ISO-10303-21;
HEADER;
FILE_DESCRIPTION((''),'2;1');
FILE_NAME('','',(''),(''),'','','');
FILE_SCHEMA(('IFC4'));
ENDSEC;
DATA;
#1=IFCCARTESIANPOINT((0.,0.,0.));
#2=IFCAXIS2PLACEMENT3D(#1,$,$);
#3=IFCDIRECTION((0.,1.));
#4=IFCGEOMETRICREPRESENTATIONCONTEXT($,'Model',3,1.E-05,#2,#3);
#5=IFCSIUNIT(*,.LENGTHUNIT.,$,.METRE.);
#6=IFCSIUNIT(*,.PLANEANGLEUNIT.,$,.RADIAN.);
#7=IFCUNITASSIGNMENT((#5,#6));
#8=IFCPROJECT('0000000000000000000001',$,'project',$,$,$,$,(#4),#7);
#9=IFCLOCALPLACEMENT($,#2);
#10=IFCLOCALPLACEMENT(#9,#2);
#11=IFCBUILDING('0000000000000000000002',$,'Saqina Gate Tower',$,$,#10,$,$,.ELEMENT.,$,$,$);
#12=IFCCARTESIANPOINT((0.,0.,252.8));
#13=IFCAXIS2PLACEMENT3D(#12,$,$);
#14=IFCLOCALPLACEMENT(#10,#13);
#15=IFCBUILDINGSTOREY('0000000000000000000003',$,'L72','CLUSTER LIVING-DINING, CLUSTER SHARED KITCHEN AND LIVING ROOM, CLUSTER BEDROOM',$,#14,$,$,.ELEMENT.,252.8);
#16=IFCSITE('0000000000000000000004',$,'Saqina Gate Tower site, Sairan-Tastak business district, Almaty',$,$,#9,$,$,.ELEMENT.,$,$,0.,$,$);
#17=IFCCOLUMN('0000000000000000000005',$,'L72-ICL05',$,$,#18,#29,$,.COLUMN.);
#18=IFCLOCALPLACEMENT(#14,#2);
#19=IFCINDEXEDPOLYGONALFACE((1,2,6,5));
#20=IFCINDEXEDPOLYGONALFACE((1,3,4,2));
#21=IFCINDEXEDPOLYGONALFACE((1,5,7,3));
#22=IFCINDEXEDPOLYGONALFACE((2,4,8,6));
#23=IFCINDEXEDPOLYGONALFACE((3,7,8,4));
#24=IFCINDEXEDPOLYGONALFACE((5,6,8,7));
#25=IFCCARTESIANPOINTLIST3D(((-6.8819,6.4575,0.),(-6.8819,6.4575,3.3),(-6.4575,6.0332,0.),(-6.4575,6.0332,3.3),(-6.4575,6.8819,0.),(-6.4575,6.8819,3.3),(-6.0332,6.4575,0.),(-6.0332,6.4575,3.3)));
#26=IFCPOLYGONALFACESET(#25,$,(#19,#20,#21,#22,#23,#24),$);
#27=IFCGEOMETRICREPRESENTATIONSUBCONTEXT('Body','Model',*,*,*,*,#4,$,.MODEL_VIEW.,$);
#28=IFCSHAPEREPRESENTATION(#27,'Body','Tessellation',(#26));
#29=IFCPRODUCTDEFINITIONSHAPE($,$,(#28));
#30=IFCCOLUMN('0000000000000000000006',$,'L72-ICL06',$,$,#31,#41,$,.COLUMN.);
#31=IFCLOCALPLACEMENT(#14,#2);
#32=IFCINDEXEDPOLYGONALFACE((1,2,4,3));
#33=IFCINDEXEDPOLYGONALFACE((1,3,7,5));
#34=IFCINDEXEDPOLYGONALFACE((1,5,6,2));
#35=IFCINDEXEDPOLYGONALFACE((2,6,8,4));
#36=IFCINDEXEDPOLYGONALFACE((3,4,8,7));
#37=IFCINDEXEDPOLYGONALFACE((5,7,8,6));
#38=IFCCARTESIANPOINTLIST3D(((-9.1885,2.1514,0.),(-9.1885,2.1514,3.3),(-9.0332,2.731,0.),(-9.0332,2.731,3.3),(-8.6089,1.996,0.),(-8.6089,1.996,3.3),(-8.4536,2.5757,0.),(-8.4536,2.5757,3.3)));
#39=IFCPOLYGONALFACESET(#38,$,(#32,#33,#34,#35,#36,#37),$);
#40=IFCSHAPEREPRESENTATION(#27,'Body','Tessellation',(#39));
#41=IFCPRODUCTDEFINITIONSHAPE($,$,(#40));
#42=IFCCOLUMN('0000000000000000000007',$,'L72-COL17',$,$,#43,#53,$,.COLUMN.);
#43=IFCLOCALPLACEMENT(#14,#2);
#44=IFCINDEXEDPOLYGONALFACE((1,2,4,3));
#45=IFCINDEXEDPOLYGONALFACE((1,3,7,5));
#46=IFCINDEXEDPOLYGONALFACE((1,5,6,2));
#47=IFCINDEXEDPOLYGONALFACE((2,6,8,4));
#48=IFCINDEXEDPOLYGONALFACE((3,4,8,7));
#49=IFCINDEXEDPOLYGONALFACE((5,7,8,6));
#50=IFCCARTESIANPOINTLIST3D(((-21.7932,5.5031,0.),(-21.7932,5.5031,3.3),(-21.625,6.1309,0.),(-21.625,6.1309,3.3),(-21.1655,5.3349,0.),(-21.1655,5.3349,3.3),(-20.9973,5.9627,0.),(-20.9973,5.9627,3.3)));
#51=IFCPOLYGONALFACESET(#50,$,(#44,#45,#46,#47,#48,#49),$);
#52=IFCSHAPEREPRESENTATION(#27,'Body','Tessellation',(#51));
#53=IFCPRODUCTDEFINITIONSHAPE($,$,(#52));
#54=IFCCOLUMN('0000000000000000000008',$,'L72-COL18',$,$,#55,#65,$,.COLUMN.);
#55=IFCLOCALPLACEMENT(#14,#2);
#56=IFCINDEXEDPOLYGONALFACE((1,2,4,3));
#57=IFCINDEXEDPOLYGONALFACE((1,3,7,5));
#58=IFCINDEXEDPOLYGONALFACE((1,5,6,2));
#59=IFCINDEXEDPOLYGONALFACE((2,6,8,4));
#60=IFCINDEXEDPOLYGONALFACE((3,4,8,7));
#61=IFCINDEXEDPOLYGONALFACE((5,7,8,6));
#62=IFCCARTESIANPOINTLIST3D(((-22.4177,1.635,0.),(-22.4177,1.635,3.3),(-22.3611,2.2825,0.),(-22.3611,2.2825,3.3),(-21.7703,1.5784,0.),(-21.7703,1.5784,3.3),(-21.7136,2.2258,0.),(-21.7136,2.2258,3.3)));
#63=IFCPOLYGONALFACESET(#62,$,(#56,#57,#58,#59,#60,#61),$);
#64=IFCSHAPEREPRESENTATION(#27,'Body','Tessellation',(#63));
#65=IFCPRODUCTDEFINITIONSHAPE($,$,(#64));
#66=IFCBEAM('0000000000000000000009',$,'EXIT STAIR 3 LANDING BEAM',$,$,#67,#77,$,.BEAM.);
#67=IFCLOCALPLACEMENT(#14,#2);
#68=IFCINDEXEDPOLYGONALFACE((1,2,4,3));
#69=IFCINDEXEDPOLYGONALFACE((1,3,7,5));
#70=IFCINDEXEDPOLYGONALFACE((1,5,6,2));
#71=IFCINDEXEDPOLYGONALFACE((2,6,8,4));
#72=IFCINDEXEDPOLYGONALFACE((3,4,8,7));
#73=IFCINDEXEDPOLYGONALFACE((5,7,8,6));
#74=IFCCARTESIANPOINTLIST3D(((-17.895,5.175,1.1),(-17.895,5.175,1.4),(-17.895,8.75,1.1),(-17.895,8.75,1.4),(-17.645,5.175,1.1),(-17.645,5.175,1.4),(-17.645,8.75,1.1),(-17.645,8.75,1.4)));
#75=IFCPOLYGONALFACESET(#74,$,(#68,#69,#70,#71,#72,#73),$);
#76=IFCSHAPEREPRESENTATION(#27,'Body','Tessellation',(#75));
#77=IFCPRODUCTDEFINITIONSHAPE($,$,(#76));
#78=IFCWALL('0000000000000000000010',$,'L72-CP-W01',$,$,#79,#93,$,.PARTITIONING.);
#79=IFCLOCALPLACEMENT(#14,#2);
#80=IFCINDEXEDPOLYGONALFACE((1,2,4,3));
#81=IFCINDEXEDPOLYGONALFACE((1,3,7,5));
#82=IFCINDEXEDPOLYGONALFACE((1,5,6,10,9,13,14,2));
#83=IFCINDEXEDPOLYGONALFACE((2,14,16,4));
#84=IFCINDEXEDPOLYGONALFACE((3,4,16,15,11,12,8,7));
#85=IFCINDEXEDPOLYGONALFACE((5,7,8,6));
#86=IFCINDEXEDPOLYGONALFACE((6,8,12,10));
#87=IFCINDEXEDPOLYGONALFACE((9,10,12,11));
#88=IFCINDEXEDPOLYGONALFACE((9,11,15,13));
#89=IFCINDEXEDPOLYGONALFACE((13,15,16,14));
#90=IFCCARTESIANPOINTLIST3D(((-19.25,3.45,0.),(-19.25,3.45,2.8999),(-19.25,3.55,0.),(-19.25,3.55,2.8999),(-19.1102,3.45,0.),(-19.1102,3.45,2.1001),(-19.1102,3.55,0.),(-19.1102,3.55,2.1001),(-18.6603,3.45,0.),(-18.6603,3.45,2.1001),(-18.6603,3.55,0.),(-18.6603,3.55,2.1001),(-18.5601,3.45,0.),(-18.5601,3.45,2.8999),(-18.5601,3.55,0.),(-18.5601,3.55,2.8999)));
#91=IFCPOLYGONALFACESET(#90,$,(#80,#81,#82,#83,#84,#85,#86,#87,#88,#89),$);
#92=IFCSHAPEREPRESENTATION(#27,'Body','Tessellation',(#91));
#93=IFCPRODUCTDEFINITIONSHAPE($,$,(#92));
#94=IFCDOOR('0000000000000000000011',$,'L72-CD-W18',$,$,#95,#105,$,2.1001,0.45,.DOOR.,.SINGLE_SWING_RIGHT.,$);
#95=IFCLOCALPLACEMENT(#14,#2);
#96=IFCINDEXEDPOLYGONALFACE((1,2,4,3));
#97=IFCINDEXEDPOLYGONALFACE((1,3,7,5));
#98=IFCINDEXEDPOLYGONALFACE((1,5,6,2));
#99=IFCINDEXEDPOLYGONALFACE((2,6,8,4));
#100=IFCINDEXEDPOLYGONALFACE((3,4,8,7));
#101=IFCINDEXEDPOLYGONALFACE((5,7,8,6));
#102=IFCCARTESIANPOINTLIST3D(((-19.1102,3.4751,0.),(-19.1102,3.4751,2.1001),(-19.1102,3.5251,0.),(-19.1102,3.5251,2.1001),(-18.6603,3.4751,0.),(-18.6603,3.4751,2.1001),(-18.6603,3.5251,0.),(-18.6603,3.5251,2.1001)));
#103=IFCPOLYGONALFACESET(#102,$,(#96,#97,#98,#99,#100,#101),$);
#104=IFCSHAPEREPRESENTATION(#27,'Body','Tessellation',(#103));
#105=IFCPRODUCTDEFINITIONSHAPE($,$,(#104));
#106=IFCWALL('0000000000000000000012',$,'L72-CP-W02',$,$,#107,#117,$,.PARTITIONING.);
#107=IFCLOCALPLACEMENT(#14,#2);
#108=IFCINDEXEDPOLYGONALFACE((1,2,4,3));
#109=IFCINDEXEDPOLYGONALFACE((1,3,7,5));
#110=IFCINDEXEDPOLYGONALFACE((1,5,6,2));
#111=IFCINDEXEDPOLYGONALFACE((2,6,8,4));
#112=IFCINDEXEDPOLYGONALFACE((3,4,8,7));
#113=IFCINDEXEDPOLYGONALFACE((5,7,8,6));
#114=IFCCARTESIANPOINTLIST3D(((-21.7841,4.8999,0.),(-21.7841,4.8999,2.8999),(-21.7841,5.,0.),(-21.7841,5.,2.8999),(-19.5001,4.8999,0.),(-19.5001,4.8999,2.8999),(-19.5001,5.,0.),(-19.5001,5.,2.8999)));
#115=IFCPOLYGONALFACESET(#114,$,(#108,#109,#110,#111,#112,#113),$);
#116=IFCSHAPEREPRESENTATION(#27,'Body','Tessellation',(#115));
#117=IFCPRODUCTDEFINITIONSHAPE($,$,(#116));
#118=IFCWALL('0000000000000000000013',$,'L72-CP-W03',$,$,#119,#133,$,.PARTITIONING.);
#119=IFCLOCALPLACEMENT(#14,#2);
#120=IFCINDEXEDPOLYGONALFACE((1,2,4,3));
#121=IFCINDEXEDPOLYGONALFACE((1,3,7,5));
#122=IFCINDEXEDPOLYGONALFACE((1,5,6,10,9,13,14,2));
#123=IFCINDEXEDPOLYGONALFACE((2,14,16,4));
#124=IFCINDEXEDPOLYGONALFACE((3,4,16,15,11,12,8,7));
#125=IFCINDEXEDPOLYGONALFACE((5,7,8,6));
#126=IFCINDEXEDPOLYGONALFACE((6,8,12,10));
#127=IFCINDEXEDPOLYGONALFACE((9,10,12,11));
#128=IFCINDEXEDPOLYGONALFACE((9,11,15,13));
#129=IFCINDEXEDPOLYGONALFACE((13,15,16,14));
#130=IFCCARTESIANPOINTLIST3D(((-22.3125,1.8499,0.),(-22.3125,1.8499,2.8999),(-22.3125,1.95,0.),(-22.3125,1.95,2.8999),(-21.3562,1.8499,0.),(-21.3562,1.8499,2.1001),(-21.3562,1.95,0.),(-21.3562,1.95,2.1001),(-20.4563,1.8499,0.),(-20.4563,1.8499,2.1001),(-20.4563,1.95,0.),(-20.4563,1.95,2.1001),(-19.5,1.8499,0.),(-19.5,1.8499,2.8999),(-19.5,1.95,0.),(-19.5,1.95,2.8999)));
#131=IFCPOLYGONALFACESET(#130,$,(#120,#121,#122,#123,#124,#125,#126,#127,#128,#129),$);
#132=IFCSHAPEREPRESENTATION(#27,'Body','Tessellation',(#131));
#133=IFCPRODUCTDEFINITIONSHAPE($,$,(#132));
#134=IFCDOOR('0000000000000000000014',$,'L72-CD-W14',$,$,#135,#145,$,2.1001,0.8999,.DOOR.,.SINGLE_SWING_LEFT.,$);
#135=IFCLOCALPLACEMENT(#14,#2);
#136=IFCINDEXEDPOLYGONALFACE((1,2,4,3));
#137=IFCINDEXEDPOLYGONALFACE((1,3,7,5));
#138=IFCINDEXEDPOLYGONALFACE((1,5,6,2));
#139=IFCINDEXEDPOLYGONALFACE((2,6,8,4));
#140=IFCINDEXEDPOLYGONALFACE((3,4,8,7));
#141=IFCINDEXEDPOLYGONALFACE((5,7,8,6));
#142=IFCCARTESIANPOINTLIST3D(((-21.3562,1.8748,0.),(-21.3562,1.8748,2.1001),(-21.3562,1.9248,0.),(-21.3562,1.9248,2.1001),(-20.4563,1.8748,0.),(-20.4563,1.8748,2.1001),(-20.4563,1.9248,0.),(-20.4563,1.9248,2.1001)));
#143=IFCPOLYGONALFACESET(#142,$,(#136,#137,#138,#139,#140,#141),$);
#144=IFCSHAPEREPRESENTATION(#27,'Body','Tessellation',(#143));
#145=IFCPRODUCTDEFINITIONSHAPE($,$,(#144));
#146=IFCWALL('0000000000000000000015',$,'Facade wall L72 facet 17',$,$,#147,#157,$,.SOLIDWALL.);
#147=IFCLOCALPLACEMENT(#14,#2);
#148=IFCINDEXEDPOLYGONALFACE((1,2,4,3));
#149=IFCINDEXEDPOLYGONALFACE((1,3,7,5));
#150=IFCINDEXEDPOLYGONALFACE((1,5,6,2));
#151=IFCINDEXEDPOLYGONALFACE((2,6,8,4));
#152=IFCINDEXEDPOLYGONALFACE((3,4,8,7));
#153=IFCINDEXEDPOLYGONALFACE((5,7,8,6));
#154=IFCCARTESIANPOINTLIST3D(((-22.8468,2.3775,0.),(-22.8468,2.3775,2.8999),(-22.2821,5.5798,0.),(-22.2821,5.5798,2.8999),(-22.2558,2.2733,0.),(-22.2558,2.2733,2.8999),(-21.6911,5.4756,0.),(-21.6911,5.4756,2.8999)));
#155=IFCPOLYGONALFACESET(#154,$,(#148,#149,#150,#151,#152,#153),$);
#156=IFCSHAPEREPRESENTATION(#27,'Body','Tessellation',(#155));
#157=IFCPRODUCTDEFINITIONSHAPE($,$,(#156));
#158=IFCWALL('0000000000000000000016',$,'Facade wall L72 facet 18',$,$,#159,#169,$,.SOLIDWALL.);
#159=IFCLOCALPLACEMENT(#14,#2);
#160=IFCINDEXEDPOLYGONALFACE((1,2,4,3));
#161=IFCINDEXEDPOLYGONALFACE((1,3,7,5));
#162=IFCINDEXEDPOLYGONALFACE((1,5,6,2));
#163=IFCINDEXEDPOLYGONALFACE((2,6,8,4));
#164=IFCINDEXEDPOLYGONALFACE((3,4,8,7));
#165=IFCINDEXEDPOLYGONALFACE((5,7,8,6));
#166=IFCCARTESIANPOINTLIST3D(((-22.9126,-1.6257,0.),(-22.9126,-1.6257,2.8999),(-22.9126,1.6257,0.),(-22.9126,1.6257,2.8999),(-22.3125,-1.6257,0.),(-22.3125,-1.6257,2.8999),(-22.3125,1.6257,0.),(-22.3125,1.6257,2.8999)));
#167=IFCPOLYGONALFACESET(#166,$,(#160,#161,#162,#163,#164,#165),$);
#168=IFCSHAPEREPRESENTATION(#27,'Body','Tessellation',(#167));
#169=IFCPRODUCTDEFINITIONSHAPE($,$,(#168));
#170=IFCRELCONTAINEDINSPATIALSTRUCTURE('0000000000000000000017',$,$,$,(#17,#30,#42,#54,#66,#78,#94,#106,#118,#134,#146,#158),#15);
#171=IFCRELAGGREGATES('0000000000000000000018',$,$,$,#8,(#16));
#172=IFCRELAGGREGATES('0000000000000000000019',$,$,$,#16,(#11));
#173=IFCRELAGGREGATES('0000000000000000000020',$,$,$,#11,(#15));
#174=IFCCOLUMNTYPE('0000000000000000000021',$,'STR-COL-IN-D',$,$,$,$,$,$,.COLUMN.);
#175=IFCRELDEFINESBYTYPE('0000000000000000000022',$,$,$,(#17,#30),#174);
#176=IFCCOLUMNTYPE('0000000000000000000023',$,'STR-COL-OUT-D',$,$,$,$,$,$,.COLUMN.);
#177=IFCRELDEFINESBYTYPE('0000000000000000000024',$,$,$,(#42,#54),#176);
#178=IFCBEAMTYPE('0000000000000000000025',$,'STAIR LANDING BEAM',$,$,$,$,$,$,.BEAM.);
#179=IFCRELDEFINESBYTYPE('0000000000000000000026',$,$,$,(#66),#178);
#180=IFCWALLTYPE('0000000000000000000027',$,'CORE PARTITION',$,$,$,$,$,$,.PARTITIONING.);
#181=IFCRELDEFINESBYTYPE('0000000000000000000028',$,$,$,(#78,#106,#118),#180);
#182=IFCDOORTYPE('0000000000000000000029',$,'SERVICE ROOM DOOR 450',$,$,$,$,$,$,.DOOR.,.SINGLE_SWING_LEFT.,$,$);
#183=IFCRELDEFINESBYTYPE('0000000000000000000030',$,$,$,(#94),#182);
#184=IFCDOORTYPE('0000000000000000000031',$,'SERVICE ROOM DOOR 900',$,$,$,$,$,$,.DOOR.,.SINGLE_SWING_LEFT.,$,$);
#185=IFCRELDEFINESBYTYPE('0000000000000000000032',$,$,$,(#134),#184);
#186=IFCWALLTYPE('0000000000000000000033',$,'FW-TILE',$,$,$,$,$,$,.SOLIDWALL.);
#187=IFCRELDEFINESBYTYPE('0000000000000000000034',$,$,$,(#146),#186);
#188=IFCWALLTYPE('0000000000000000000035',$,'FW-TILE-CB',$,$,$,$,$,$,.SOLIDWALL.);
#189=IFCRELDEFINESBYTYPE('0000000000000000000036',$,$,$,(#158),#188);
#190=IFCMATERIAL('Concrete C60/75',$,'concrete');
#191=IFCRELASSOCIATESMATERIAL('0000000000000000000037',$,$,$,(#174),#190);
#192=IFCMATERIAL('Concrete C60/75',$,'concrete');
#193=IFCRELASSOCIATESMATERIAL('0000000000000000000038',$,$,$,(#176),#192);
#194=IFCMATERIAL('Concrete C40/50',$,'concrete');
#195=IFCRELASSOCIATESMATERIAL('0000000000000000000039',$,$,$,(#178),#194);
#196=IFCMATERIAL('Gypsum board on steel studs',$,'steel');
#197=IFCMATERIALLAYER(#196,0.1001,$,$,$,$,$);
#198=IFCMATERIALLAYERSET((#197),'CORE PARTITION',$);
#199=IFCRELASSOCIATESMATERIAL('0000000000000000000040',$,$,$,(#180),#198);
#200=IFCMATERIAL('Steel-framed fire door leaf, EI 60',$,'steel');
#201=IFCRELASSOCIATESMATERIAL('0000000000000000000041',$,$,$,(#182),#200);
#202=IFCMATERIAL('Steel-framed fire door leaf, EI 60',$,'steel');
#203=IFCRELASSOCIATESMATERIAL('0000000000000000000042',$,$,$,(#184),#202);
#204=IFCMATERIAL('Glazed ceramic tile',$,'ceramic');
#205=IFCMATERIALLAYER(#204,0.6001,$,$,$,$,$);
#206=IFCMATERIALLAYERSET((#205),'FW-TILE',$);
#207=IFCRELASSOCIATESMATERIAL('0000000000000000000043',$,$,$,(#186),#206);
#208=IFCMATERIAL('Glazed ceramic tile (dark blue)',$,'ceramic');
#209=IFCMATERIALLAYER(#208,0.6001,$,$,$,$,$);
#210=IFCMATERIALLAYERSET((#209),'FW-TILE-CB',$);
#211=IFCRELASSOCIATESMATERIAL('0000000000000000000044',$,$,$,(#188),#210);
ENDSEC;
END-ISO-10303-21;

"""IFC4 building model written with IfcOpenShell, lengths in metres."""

from ifc_helpers import new_model, si_unit, direction, frame, frame_2d, origin, origin_2d, place, context, subcontext, project, spatial, rectangle, extrude, material, layer, layer_set, material_profile, profile_set, type_object, element, fill, save


model = new_model("IFC4")

# Units and contexts
model_context = context("Model", 3, precision=1e-05, world=origin(), true_north=direction((0.0, 1.0)))
body_context = subcontext(model_context, "Body", "Model", "MODEL_VIEW")
ifc_project = project(units=[si_unit("LENGTHUNIT", "METRE"), si_unit("PLANEANGLEUNIT", "RADIAN")], contexts=[model_context])

# Site, building, storey
site_placement = place(None, origin())
site = spatial("IfcSite", under=ifc_project, at=site_placement, Name="Saqina Gate Tower site, Sairan-Tastak business district, Almaty", CompositionType="ELEMENT", RefElevation=0.0)
building_placement = place(site_placement, origin())
building = spatial("IfcBuilding", under=site, at=building_placement, Name="Saqina Gate Tower", CompositionType="ELEMENT")
storey_placement = place(building_placement, frame((0.0, 0.0, 252.8)))
storey = spatial("IfcBuildingStorey", under=building, at=storey_placement, Name="L72", Description="CLUSTER LIVING-DINING, CLUSTER SHARED KITCHEN AND LIVING ROOM, CLUSTER BEDROOM", CompositionType="ELEMENT", Elevation=252.8)

# Columns
ifc_material_1 = material(Name="Concrete C60/75", Category="concrete")
ifc_material_profile_1 = material_profile(ifc_material_1, rectangle(XDim=0.6001, YDim=0.6001, at=origin_2d()), Name="RC 600x600")
ifc_profile_set_1 = profile_set([ifc_material_profile_1], Name="Concrete C60/75")
column_type_1 = type_object("IfcColumnType", Name="STR-COL-IN-D", PredefinedType="COLUMN", material=ifc_profile_set_1)
for number, where, z_axis, x_axis, name in (
    (1, (-6.4575, 6.4575, 0.0), (0.0, 0.0, 1.0), (-0.707107, 0.707107, 0.0), "L72-ICL05"),
    (2, (-8.821, 2.3635, 0.0), (0.0, 0.0, 1.0), (-0.965926, 0.258819, 0.0), "L72-ICL06"),
):
    element("IfcColumn", number, at=place(storey_placement, frame(where, z_axis=z_axis, x_axis=x_axis)), inside=storey, type_object=column_type_1, Name=name, PredefinedType="COLUMN", context=body_context, shape_type="SweptSolid", body=[
        extrude(rectangle(XDim=0.6001, YDim=0.6001, at=origin_2d()), origin(), (0.0, 0.0, 1.0), 3.3),
    ])
ifc_material_2 = material(Name="Concrete C60/75", Category="concrete")
ifc_material_profile_2 = material_profile(ifc_material_2, rectangle(XDim=0.6499, YDim=0.6499, at=origin_2d()), Name="RC 650x650")
ifc_profile_set_2 = profile_set([ifc_material_profile_2], Name="Concrete C60/75")
column_type_2 = type_object("IfcColumnType", Name="STR-COL-OUT-D", PredefinedType="COLUMN", material=ifc_profile_set_2)
for number, where, z_axis, x_axis, name in (
    (3, (-21.3953, 5.7329, 0.0), (0.0, 0.0, 1.0), (-0.965926, 0.258819, 0.0), "L72-COL17"),
    (4, (-22.0657, 1.9304, 0.0), (0.0, 0.0, 1.0), (-0.996195, 0.087156, 0.0), "L72-COL18"),
):
    element("IfcColumn", number, at=place(storey_placement, frame(where, z_axis=z_axis, x_axis=x_axis)), inside=storey, type_object=column_type_2, Name=name, PredefinedType="COLUMN", context=body_context, shape_type="SweptSolid", body=[
        extrude(rectangle(XDim=0.6499, YDim=0.6499, at=origin_2d()), origin(), (0.0, 0.0, 1.0), 3.3),
    ])

# Beam
ifc_material_3 = material(Name="Concrete C40/50", Category="concrete")
ifc_material_profile_3 = material_profile(ifc_material_3, rectangle(XDim=0.25, YDim=0.3, at=origin_2d()), Name="STAIR LANDING BEAM")
ifc_profile_set_3 = profile_set([ifc_material_profile_3], Name="Concrete C40/50")
beam_type = type_object("IfcBeamType", Name="STAIR LANDING BEAM", PredefinedType="BEAM", material=ifc_profile_set_3)
beam_placement = place(storey_placement, frame((-17.77, 5.175, 1.25), z_axis=(0.0, 1.0, 0.0), x_axis=(-1.0, 0.0, 0.0)))
element("IfcBeam", 5, at=beam_placement, inside=storey, type_object=beam_type, Name="EXIT STAIR 3 LANDING BEAM", PredefinedType="BEAM", context=body_context, shape_type="SweptSolid", body=[
    extrude(rectangle(XDim=0.25, YDim=0.3, at=origin_2d()), origin(), (0.0, 0.0, 1.0), 3.575),
])

# Wall, opening, door
ifc_material_4 = material(Name="Gypsum board on steel studs", Category="steel")
ifc_layer_1 = layer(ifc_material_4, 0.1001)
ifc_layer_set_1 = layer_set([ifc_layer_1], Name="CORE PARTITION")
wall_type_1 = type_object("IfcWallType", Name="CORE PARTITION", PredefinedType="PARTITIONING", material=ifc_layer_set_1)
wall_1_placement = place(storey_placement, frame((-18.5601, 3.5, 0.0), z_axis=(0.0, 0.0, 1.0), x_axis=(-1.0, 0.0, 0.0)))
wall_1 = element("IfcWall", 6, at=wall_1_placement, inside=storey, type_object=wall_type_1, Name="L72-CP-W01", PredefinedType="PARTITIONING", context=body_context, shape_type="SweptSolid", body=[
    extrude(rectangle(XDim=0.6899, YDim=0.1001, at=frame_2d((0.345, 0.0))), origin(), (0.0, 0.0, 1.0), 2.8999),
])
opening_1_placement = place(wall_1_placement, frame((0.1001, 0.0, 0.0)))
opening_1 = element("IfcOpeningElement", 7, at=opening_1_placement, cuts=wall_1, PredefinedType="OPENING", context=body_context, shape_type="SweptSolid", body=[
    extrude(rectangle(XDim=0.45, YDim=2.1001, at=frame_2d((0.2251, 1.05))), frame((0.0, 0.062, 0.0), z_axis=(0.0, -1.0, 0.0), x_axis=(1.0, 0.0, 0.0)), (0.0, 0.0, 1.0), 0.124),
])
ifc_material_5 = material(Name="Steel-framed fire door leaf, EI 60", Category="steel")
door_type_1 = type_object("IfcDoorType", Name="SERVICE ROOM DOOR 450", OperationType="SINGLE_SWING_LEFT", PredefinedType="DOOR", material=ifc_material_5)
door_1_placement = place(opening_1_placement, origin())
door_1 = element("IfcDoor", 8, at=door_1_placement, inside=storey, type_object=door_type_1, Name="L72-CD-W18", OperationType="SINGLE_SWING_RIGHT", OverallHeight=2.1001, OverallWidth=0.45, PredefinedType="DOOR", context=body_context, shape_type="SweptSolid", body=[
    extrude(rectangle(XDim=0.45, YDim=2.1001, at=frame_2d((0.2251, 1.05))), frame((0.0, 0.0249, 0.0), z_axis=(0.0, -1.0, 0.0), x_axis=(1.0, 0.0, 0.0)), (0.0, 0.0, 1.0), 0.05),
])
fill(opening_1, door_1)

# Wall
wall_2_placement = place(storey_placement, frame((-19.5, 4.95, 0.0), z_axis=(0.0, 0.0, 1.0), x_axis=(-1.0, 0.0, 0.0)))
element("IfcWall", 9, at=wall_2_placement, inside=storey, type_object=wall_type_1, Name="L72-CP-W02", PredefinedType="PARTITIONING", context=body_context, shape_type="SweptSolid", body=[
    extrude(rectangle(XDim=2.2839, YDim=0.1001, at=frame_2d((1.1421, 0.0))), origin(), (0.0, 0.0, 1.0), 2.8999),
])

# Wall, opening, door
wall_3_placement = place(storey_placement, frame((-19.5, 1.8999, 0.0), z_axis=(0.0, 0.0, 1.0), x_axis=(-1.0, 0.0, 0.0)))
wall_3 = element("IfcWall", 10, at=wall_3_placement, inside=storey, type_object=wall_type_1, Name="L72-CP-W03", PredefinedType="PARTITIONING", context=body_context, shape_type="SweptSolid", body=[
    extrude(rectangle(XDim=2.8125, YDim=0.1001, at=frame_2d((1.4062, 0.0))), origin(), (0.0, 0.0, 1.0), 2.8999),
])
opening_2_placement = place(wall_3_placement, frame((0.9563, 0.0, 0.0)))
opening_2 = element("IfcOpeningElement", 11, at=opening_2_placement, cuts=wall_3, PredefinedType="OPENING", context=body_context, shape_type="SweptSolid", body=[
    extrude(rectangle(XDim=0.8999, YDim=2.1001, at=frame_2d((0.45, 1.05))), frame((0.0, 0.062, 0.0), z_axis=(0.0, -1.0, 0.0), x_axis=(1.0, 0.0, 0.0)), (0.0, 0.0, 1.0), 0.124),
])
ifc_material_6 = material(Name="Steel-framed fire door leaf, EI 60", Category="steel")
door_type_2 = type_object("IfcDoorType", Name="SERVICE ROOM DOOR 900", OperationType="SINGLE_SWING_LEFT", PredefinedType="DOOR", material=ifc_material_6)
door_2_placement = place(opening_2_placement, frame((0.8999, 0.0, 0.0), z_axis=(0.0, 0.0, 1.0), x_axis=(-1.0, 0.0, 0.0)))
door_2 = element("IfcDoor", 12, at=door_2_placement, inside=storey, type_object=door_type_2, Name="L72-CD-W14", OperationType="SINGLE_SWING_LEFT", OverallHeight=2.1001, OverallWidth=0.8999, PredefinedType="DOOR", context=body_context, shape_type="SweptSolid", body=[
    extrude(rectangle(XDim=0.8999, YDim=2.1001, at=frame_2d((0.45, 1.05))), frame((0.0, 0.0249, 0.0), z_axis=(0.0, -1.0, 0.0), x_axis=(1.0, 0.0, 0.0)), (0.0, 0.0, 1.0), 0.05),
])
fill(opening_2, door_2)

# Walls
ifc_material_7 = material(Name="Glazed ceramic tile", Category="ceramic")
ifc_layer_2 = layer(ifc_material_7, 0.6001)
ifc_layer_set_2 = layer_set([ifc_layer_2], Name="FW-TILE")
wall_type_2 = type_object("IfcWallType", Name="FW-TILE", PredefinedType="SOLIDWALL", material=ifc_layer_set_2)
wall_4_placement = place(storey_placement, frame((-21.9866, 5.5278, 0.0), z_axis=(0.0, 0.0, 1.0), x_axis=(-0.173657, -0.984806, 0.0)))
element("IfcWall", 13, at=wall_4_placement, inside=storey, type_object=wall_type_2, Name="Facade wall L72 facet 17", PredefinedType="SOLIDWALL", context=body_context, shape_type="SweptSolid", body=[
    extrude(rectangle(XDim=3.2517, YDim=0.6001, at=frame_2d((1.626, 0.0))), origin(), (0.0, 0.0, 1.0), 2.8999),
])
ifc_material_8 = material(Name="Glazed ceramic tile (dark blue)", Category="ceramic")
ifc_layer_3 = layer(ifc_material_8, 0.6001)
ifc_layer_set_3 = layer_set([ifc_layer_3], Name="FW-TILE-CB")
wall_type_3 = type_object("IfcWallType", Name="FW-TILE-CB", PredefinedType="SOLIDWALL", material=ifc_layer_set_3)
wall_5_placement = place(storey_placement, frame((-22.6125, 1.6257, 0.0), z_axis=(0.0, 0.0, 1.0), x_axis=(0.0, -1.0, 0.0)))
element("IfcWall", 14, at=wall_5_placement, inside=storey, type_object=wall_type_3, Name="Facade wall L72 facet 18", PredefinedType="SOLIDWALL", context=body_context, shape_type="SweptSolid", body=[
    extrude(rectangle(XDim=3.2515, YDim=0.6001, at=frame_2d((1.6257, 0.0))), origin(), (0.0, 0.0, 1.0), 2.8999),
])

save(model, "model.ifc")
